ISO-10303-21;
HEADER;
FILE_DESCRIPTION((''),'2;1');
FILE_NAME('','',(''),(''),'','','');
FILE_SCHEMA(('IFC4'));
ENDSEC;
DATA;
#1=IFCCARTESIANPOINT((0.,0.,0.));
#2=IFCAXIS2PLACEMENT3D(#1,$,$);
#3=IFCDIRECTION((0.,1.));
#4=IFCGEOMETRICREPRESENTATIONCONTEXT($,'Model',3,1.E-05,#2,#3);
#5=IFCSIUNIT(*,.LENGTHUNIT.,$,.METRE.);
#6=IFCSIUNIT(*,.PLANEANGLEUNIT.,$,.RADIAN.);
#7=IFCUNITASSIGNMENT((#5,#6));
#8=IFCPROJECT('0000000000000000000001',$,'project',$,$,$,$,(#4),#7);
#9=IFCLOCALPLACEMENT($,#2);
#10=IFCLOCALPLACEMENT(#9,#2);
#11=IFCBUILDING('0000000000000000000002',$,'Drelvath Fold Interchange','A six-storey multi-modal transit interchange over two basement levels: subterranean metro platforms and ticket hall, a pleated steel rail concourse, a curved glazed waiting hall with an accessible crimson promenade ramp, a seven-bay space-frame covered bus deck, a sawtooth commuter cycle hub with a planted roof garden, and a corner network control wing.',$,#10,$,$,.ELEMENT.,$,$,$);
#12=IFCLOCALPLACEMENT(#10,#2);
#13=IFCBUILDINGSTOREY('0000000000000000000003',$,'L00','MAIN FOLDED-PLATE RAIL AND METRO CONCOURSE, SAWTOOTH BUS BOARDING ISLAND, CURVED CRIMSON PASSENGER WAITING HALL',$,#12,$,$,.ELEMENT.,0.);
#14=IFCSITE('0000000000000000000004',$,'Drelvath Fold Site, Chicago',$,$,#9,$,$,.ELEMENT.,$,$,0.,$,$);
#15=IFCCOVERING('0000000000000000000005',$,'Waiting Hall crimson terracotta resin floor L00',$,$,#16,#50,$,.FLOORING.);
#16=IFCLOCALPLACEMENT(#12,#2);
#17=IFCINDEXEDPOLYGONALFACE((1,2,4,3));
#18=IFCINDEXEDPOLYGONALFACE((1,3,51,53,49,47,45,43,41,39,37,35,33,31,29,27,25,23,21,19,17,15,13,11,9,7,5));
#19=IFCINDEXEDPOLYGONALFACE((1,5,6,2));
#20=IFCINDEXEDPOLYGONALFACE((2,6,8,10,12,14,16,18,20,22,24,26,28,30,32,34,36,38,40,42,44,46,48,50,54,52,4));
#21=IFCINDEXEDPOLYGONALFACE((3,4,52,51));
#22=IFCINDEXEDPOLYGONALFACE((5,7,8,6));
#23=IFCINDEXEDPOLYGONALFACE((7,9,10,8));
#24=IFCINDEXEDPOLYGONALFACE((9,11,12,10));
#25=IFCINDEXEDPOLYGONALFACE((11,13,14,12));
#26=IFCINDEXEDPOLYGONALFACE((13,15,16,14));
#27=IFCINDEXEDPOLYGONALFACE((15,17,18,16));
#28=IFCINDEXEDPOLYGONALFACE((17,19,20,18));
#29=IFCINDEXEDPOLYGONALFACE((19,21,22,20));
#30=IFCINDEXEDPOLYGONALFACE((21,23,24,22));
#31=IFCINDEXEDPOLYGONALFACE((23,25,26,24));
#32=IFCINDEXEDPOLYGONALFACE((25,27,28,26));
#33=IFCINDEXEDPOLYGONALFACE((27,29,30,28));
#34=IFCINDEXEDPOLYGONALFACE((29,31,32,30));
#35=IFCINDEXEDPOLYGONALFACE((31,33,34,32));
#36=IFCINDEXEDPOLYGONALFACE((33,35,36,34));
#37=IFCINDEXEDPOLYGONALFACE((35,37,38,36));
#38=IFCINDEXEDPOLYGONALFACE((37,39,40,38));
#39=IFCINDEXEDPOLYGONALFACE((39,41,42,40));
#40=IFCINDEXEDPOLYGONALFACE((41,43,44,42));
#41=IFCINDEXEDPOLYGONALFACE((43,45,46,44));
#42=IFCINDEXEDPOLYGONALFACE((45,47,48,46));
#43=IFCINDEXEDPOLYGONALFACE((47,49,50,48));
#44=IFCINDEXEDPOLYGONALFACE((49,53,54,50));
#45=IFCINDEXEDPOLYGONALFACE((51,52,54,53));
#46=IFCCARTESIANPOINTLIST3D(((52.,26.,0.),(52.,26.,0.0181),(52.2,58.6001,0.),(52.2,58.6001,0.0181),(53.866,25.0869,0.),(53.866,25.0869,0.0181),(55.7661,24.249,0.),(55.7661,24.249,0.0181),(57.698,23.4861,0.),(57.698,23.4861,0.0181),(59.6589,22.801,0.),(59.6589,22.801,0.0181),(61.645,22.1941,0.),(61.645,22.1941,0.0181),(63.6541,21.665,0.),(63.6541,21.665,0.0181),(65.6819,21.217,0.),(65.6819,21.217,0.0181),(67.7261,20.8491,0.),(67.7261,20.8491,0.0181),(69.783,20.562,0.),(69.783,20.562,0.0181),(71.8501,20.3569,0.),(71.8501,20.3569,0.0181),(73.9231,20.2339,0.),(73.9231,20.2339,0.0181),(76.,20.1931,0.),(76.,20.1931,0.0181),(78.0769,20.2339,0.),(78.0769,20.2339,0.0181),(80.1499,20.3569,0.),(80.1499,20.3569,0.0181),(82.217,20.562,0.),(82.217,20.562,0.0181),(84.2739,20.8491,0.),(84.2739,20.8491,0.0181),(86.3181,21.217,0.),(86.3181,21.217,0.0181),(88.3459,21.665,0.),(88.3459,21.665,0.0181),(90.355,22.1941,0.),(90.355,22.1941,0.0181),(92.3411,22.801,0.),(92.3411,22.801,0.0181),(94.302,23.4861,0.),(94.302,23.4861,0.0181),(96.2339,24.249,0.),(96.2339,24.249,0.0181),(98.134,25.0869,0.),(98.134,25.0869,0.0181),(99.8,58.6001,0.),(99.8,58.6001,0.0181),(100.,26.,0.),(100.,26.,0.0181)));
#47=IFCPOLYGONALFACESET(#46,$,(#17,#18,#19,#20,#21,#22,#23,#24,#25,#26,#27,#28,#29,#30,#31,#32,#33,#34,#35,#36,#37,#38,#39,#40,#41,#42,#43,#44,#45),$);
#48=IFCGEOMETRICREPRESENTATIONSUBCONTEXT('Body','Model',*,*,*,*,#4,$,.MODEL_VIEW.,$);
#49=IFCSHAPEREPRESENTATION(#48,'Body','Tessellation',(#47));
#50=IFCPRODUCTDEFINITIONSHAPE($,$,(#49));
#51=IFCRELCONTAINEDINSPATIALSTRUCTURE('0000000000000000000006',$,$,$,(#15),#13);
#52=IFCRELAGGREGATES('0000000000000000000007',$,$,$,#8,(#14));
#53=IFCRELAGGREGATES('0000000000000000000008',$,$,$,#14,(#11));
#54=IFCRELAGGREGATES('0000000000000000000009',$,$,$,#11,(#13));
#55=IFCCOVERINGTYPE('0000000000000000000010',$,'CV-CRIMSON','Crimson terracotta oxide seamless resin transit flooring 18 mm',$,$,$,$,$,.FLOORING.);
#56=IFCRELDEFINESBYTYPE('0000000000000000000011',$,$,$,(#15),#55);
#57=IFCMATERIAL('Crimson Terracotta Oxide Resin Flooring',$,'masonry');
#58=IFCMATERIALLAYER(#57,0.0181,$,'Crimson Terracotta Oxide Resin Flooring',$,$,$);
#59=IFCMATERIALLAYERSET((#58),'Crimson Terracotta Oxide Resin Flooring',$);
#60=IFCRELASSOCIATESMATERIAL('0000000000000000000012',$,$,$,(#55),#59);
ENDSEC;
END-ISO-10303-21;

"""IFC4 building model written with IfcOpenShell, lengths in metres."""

from ifc_helpers import new_model, si_unit, direction, origin, place, context, subcontext, project, spatial, polyline, outline, extrude, material, layer, layer_set, type_object, element, save


model = new_model("IFC4")

# Units and contexts
model_context = context("Model", 3, precision=1e-05, world=origin(), true_north=direction((0.0, 1.0)))
body_context = subcontext(model_context, "Body", "Model", "MODEL_VIEW")
ifc_project = project(units=[si_unit("LENGTHUNIT", "METRE"), si_unit("PLANEANGLEUNIT", "RADIAN")], contexts=[model_context])

# Site, building, storey
site_placement = place(None, origin())
site = spatial("IfcSite", under=ifc_project, at=site_placement, Name="Drelvath Fold Site, Chicago", CompositionType="ELEMENT", RefElevation=0.0)
building_placement = place(site_placement, origin())
building = spatial("IfcBuilding", under=site, at=building_placement, Name="Drelvath Fold Interchange", Description="A six-storey multi-modal transit interchange over two basement levels: subterranean metro platforms and ticket hall, a pleated steel rail concourse, a curved glazed waiting hall with an accessible crimson promenade ramp, a seven-bay space-frame covered bus deck, a sawtooth commuter cycle hub with a planted roof garden, and a corner network control wing.", CompositionType="ELEMENT")
storey_placement = place(building_placement, origin())
storey = spatial("IfcBuildingStorey", under=building, at=storey_placement, Name="L00", Description="MAIN FOLDED-PLATE RAIL AND METRO CONCOURSE, SAWTOOTH BUS BOARDING ISLAND, CURVED CRIMSON PASSENGER WAITING HALL", CompositionType="ELEMENT", Elevation=0.0)

# Covering
ifc_material_1 = material(Name="Crimson Terracotta Oxide Resin Flooring", Category="masonry")
ifc_layer_1 = layer(ifc_material_1, 0.0181, Name="Crimson Terracotta Oxide Resin Flooring")
ifc_layer_set_1 = layer_set([ifc_layer_1], Name="Crimson Terracotta Oxide Resin Flooring")
covering_type_1 = type_object("IfcCoveringType", Name="CV-CRIMSON", Description="Crimson terracotta oxide seamless resin transit flooring 18 mm", PredefinedType="FLOORING", material=ifc_layer_set_1)
covering_1_placement = place(storey_placement, origin())
element("IfcCovering", 1, at=covering_1_placement, inside=storey, type_object=covering_type_1, Name="Waiting Hall crimson terracotta resin floor L00", PredefinedType="FLOORING", context=body_context, shape_type="SweptSolid", body=[
    extrude(outline(polyline([(52.0, 26.0), (53.866, 25.0869), (55.7661, 24.249), (57.698, 23.4861), (59.6589, 22.801), (61.645, 22.1941), (63.6541, 21.665), (65.6819, 21.217), (67.7261, 20.8491), (69.783, 20.562), (71.8501, 20.3569), (73.9231, 20.2339), (76.0, 20.1931), (78.0769, 20.2339), (80.1499, 20.3569), (82.217, 20.562), (84.2739, 20.8491), (86.3181, 21.217), (88.3459, 21.665), (90.355, 22.1941), (92.3411, 22.801), (94.302, 23.4861), (96.2339, 24.249), (98.134, 25.0869), (100.0, 26.0), (99.8, 58.6001), (52.2, 58.6001), (52.0, 26.0)])), origin(), (0.0, 0.0, 1.0), 0.0181),
])

save(model, "model.ifc")
